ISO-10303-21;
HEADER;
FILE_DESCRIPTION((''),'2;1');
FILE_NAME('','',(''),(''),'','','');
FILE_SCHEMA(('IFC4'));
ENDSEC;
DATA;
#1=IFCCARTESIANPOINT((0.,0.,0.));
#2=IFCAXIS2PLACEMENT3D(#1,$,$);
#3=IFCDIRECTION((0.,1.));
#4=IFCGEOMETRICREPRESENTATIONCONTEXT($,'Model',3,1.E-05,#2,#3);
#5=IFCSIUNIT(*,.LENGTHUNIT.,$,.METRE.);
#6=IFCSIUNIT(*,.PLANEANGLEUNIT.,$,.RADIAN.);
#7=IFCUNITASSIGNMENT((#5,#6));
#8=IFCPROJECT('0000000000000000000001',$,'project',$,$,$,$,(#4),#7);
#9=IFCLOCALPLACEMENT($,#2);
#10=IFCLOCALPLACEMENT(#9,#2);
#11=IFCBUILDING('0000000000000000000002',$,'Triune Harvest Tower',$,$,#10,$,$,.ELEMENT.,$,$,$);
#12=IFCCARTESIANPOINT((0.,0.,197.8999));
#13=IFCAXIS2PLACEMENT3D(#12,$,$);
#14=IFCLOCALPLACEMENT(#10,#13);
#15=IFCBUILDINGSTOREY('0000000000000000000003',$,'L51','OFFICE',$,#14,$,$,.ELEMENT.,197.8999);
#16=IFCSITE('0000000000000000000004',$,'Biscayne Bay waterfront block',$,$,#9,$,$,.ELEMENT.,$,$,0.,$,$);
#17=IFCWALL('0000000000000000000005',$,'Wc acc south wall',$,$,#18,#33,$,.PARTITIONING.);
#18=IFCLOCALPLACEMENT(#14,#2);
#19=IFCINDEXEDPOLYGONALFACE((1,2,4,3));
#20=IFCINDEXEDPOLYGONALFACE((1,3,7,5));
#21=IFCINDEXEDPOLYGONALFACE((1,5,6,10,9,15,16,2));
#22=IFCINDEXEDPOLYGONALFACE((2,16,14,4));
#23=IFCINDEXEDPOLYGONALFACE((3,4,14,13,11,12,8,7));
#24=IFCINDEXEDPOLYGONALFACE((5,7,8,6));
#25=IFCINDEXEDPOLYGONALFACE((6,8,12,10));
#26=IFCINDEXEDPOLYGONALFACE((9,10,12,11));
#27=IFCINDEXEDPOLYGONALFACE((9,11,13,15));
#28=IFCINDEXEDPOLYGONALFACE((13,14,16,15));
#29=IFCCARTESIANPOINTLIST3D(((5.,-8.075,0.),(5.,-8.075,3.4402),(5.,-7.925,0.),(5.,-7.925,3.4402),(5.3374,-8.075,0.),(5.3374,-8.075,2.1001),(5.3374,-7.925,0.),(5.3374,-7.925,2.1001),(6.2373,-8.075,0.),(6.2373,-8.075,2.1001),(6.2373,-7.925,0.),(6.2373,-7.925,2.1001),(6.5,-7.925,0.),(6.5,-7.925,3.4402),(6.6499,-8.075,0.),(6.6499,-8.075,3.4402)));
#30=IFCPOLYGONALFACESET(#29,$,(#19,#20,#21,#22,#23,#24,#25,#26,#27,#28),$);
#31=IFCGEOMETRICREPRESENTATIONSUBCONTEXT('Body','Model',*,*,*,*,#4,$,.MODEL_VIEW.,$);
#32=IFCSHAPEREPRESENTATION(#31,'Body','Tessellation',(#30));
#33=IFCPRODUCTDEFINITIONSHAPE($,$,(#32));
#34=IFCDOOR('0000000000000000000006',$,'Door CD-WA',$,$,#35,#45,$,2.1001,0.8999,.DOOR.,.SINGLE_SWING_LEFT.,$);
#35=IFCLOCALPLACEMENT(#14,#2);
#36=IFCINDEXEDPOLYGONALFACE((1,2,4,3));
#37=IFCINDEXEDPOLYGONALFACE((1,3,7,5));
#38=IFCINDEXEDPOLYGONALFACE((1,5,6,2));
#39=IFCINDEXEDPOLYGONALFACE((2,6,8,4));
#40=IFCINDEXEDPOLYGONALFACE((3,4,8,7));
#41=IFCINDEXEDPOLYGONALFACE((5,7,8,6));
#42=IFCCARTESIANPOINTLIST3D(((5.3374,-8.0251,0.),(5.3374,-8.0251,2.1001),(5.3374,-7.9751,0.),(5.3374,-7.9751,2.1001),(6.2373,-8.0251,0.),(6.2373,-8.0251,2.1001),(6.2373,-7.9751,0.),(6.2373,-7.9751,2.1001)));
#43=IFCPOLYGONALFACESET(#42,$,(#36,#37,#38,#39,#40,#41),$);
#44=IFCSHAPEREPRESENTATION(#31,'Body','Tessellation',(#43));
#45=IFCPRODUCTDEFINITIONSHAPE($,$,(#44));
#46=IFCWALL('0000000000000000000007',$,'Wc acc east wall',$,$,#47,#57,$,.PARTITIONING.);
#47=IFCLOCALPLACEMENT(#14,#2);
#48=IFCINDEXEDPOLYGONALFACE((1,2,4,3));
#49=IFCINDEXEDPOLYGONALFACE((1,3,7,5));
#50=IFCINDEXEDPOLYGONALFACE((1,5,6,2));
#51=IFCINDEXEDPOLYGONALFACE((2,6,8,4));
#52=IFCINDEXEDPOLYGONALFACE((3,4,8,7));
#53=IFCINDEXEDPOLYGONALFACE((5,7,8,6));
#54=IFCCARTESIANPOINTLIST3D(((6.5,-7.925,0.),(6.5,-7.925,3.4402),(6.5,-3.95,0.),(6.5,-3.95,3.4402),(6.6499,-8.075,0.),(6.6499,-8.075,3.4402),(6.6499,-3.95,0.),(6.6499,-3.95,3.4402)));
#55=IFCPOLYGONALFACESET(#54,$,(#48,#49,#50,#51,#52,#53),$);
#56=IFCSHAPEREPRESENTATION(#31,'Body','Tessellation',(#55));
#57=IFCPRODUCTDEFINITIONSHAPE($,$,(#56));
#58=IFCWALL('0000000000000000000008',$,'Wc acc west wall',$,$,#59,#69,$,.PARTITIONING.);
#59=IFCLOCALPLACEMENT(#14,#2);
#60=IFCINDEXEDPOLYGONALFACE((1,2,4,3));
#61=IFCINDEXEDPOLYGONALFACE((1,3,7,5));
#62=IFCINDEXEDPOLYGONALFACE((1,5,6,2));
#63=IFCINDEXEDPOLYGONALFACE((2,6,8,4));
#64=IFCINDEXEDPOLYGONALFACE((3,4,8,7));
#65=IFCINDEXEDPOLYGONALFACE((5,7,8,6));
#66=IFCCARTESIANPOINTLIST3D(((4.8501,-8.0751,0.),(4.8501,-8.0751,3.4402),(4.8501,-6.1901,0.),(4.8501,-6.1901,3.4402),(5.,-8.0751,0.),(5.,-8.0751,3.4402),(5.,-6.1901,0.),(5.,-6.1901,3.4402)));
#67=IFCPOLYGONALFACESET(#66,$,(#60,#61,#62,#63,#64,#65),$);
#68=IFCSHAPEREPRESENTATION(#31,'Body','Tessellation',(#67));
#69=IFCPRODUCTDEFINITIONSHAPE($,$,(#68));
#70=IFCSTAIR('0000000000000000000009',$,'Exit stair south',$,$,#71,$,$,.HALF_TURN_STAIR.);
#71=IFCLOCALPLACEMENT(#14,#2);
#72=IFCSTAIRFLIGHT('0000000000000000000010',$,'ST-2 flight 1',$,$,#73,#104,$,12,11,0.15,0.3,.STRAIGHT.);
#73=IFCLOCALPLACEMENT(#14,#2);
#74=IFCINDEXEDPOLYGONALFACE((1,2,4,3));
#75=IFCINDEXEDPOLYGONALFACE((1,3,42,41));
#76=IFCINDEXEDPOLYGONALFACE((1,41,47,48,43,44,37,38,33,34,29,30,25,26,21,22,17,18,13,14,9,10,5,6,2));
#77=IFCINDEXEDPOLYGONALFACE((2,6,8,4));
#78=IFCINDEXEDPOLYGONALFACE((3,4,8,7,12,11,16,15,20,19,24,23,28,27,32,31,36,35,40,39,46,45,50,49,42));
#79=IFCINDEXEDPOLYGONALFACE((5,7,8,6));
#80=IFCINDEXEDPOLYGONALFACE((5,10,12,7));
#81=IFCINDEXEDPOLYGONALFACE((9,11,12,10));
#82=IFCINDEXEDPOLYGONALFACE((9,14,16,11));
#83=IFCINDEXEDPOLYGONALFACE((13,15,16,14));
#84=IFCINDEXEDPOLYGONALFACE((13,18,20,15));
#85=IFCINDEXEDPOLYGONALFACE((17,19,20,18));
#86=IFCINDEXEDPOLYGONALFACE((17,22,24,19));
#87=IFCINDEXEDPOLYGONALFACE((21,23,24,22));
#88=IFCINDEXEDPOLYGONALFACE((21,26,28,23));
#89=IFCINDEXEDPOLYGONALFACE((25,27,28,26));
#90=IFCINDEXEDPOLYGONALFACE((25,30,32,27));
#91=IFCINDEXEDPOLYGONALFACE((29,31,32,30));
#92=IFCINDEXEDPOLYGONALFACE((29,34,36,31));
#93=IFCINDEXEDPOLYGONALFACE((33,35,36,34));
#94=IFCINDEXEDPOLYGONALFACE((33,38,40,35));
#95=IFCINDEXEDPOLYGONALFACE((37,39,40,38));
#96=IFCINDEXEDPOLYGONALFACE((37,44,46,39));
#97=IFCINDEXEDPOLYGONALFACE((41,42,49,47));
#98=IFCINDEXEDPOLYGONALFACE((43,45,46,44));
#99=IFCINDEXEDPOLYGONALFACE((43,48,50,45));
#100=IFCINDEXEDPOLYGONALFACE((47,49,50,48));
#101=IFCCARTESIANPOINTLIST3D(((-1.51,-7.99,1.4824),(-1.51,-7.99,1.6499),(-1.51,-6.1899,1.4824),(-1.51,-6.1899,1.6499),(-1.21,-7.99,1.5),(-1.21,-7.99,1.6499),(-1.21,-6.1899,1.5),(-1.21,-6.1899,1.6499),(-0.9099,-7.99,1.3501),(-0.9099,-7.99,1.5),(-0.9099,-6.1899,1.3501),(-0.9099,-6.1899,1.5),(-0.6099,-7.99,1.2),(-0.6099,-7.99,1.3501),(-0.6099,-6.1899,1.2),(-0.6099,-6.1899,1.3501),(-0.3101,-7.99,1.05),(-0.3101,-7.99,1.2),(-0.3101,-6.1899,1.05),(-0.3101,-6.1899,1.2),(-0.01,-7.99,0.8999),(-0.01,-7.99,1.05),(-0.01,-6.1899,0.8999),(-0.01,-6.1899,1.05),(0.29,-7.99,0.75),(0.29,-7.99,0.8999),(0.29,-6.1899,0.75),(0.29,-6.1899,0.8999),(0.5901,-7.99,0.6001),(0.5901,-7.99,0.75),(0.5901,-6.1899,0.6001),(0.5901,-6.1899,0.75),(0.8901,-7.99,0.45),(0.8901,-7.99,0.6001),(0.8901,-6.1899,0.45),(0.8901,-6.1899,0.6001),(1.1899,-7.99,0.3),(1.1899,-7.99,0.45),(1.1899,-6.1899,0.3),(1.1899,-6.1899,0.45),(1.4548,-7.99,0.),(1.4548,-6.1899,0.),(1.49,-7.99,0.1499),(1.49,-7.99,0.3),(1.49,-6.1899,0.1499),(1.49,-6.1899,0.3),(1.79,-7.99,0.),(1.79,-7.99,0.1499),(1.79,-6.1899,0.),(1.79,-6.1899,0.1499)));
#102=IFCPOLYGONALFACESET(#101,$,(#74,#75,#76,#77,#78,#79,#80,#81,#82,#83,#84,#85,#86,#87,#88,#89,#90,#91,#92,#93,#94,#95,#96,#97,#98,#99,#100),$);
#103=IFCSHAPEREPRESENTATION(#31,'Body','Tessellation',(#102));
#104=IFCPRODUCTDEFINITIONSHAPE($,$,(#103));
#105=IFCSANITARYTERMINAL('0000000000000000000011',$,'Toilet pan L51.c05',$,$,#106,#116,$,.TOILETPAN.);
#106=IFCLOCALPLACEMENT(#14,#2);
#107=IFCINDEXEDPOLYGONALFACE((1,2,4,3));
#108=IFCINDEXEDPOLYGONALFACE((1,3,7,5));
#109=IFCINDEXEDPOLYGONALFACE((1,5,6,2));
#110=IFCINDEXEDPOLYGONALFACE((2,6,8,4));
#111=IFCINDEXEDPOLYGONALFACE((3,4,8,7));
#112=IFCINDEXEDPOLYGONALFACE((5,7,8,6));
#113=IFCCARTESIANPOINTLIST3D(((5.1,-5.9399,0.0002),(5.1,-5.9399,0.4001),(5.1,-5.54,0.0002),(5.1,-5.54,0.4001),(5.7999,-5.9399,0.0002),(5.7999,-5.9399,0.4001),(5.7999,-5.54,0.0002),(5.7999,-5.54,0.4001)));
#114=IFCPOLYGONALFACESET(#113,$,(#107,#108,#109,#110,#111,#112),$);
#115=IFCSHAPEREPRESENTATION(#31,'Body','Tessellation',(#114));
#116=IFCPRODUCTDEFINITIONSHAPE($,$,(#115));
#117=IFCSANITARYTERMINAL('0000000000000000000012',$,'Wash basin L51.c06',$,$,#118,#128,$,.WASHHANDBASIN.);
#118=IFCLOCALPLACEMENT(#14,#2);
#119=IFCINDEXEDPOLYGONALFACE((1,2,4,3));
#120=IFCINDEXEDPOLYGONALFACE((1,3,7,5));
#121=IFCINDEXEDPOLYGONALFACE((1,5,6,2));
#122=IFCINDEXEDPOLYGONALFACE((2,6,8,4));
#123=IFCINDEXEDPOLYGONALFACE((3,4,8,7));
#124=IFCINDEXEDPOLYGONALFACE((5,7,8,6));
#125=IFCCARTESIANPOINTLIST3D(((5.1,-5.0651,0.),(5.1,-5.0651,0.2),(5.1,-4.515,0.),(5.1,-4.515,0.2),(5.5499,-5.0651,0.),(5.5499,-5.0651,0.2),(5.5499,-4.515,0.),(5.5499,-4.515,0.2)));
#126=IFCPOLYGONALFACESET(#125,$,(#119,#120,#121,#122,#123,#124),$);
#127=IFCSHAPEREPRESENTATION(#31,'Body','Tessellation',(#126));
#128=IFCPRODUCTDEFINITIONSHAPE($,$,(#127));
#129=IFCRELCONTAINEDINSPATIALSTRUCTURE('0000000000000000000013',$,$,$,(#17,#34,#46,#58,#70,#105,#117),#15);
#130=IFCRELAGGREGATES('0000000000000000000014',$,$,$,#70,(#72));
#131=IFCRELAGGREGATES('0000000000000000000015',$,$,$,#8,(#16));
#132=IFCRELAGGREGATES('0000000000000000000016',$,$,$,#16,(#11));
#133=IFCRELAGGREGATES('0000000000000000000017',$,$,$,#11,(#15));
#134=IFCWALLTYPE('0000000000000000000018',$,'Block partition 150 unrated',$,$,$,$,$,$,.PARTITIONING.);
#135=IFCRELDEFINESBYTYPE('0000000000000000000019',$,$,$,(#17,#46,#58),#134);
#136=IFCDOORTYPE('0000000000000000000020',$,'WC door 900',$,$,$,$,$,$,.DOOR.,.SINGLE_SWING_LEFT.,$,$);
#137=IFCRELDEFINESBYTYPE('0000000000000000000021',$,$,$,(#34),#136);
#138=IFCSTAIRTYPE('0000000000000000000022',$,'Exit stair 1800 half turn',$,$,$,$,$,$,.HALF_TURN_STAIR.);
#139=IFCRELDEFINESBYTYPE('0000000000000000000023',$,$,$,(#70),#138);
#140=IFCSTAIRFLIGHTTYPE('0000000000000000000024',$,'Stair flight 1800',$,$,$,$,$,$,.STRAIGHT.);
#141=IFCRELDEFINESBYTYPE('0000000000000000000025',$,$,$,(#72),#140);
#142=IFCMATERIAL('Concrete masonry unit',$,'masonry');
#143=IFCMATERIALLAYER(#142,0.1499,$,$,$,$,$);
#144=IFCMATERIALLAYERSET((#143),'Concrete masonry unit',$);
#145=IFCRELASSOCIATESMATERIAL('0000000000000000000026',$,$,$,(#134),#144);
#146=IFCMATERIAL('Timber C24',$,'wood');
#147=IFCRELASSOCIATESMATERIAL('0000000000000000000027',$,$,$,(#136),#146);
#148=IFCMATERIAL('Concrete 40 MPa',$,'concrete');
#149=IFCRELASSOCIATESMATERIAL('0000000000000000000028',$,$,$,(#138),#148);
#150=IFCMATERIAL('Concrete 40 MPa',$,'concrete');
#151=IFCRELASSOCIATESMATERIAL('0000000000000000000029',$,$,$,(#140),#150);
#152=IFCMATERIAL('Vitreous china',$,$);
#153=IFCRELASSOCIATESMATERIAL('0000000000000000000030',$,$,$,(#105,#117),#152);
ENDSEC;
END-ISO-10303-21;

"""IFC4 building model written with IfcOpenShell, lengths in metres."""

from ifc_helpers import new_model, si_unit, direction, frame, frame_2d, origin, origin_2d, place, context, subcontext, project, spatial, polyline, rectangle, outline, extrude, source, transform, mapped, material, layer, layer_set, type_object, element, fill, aggregate, save


model = new_model("IFC4")

# Units and contexts
model_context = context("Model", 3, precision=1e-05, world=origin(), true_north=direction((0.0, 1.0)))
body_context = subcontext(model_context, "Body", "Model", "MODEL_VIEW")
ifc_project = project(units=[si_unit("LENGTHUNIT", "METRE"), si_unit("PLANEANGLEUNIT", "RADIAN")], contexts=[model_context])

# Site, building, storey
site_placement = place(None, origin())
site = spatial("IfcSite", under=ifc_project, at=site_placement, Name="Biscayne Bay waterfront block", CompositionType="ELEMENT", RefElevation=0.0)
building_placement = place(site_placement, origin())
building = spatial("IfcBuilding", under=site, at=building_placement, Name="Triune Harvest Tower", CompositionType="ELEMENT")
storey_placement = place(building_placement, frame((0.0, 0.0, 197.8999)))
storey = spatial("IfcBuildingStorey", under=building, at=storey_placement, Name="L51", Description="OFFICE", CompositionType="ELEMENT", Elevation=197.8999)

# Wall, opening, door
ifc_material_1 = material(Name="Concrete masonry unit", Category="masonry")
ifc_layer_1 = layer(ifc_material_1, 0.1499)
ifc_layer_set_1 = layer_set([ifc_layer_1], Name="Concrete masonry unit")
wall_type_1 = type_object("IfcWallType", Name="Block partition 150 unrated", PredefinedType="PARTITIONING", material=ifc_layer_set_1)
shared_shape_1 = source(origin(), body_context, "Body", "SweptSolid", [
    extrude(outline(polyline([(0.0, -0.075), (1.6499, -0.075), (1.5, 0.075), (0.0, 0.075), (0.0, -0.075)])), origin(), (0.0, 0.0, 1.0), 3.4402),
])
wall_1_placement = place(storey_placement, frame((5.0, -8.0, 0.0), z_axis=(0.0, 0.0, 1.0), x_axis=(1.0, 0.0, 0.0)))
wall_1 = element("IfcWall", 1, at=wall_1_placement, inside=storey, type_object=wall_type_1, Name="Wc acc south wall", PredefinedType="PARTITIONING", context=body_context, shape_type="MappedRepresentation", body=[
    mapped(shared_shape_1, transform((0.0, 0.0, 0.0), scale=1.0)),
])
opening_1_placement = place(wall_1_placement, frame((0.3374, 0.0, 0.0)))
opening_1 = element("IfcOpeningElement", 2, at=opening_1_placement, cuts=wall_1, PredefinedType="OPENING", context=body_context, shape_type="SweptSolid", body=[
    extrude(rectangle(XDim=0.8999, YDim=2.1001, at=frame_2d((0.45, 1.05))), frame((0.0, 0.085, 0.0), z_axis=(0.0, -1.0, 0.0), x_axis=(1.0, 0.0, 0.0)), (0.0, 0.0, 1.0), 0.1699),
])
ifc_material_2 = material(Name="Timber C24", Category="wood")
door_type_1 = type_object("IfcDoorType", Name="WC door 900", OperationType="SINGLE_SWING_LEFT", PredefinedType="DOOR", material=ifc_material_2)
door_1_placement = place(opening_1_placement, origin())
door_1 = element("IfcDoor", 3, at=door_1_placement, inside=storey, type_object=door_type_1, Name="Door CD-WA", OperationType="SINGLE_SWING_LEFT", OverallHeight=2.1001, OverallWidth=0.8999, PredefinedType="DOOR", context=body_context, shape_type="SweptSolid", body=[
    extrude(rectangle(XDim=0.8999, YDim=2.1001, at=frame_2d((0.45, 1.05))), frame((0.0, 0.0249, 0.0), z_axis=(0.0, -1.0, 0.0), x_axis=(1.0, 0.0, 0.0)), (0.0, 0.0, 1.0), 0.05),
])
fill(opening_1, door_1)

# Walls
shared_shape_2 = source(origin(), body_context, "Body", "SweptSolid", [
    extrude(outline(polyline([(-0.075, -0.075), (4.05, -0.075), (4.05, 0.075), (0.075, 0.075), (-0.075, -0.075)])), origin(), (0.0, 0.0, 1.0), 3.4402),
])
wall_2_placement = place(storey_placement, frame((6.575, -8.0, 0.0), z_axis=(0.0, 0.0, 1.0), x_axis=(0.0, 1.0, 0.0)))
element("IfcWall", 4, at=wall_2_placement, inside=storey, type_object=wall_type_1, Name="Wc acc east wall", PredefinedType="PARTITIONING", context=body_context, shape_type="MappedRepresentation", body=[
    mapped(shared_shape_2, transform((0.0, 0.0, 0.0), scale=1.0)),
])
shared_shape_3 = source(origin(), body_context, "Body", "SweptSolid", [
    extrude(rectangle(XDim=1.885, YDim=0.1499, at=frame_2d((0.9424, 0.0))), origin(), (0.0, 0.0, 1.0), 3.4402),
])
wall_3_placement = place(storey_placement, frame((4.925, -8.075, 0.0), z_axis=(0.0, 0.0, 1.0), x_axis=(0.0, 1.0, 0.0)))
element("IfcWall", 5, at=wall_3_placement, inside=storey, type_object=wall_type_1, Name="Wc acc west wall", PredefinedType="PARTITIONING", context=body_context, shape_type="MappedRepresentation", body=[
    mapped(shared_shape_3, transform((0.0, 0.0, 0.0), scale=1.0)),
])

# Stair, stair flight
ifc_material_3 = material(Name="Concrete 40 MPa", Category="concrete")
stair_type = type_object("IfcStairType", Name="Exit stair 1800 half turn", PredefinedType="HALF_TURN_STAIR", material=ifc_material_3)
stair_placement = place(storey_placement, origin())
stair = element("IfcStair", 6, at=stair_placement, inside=storey, type_object=stair_type, Name="Exit stair south", PredefinedType="HALF_TURN_STAIR")
ifc_material_4 = material(Name="Concrete 40 MPa", Category="concrete")
stair_flight_type = type_object("IfcStairFlightType", Name="Stair flight 1800", PredefinedType="STRAIGHT", material=ifc_material_4)
shared_shape_4 = source(origin(), body_context, "Body", "SweptSolid", [
    extrude(outline(polyline([(0.0, 0.0), (0.0, 0.1499), (0.3, 0.1499), (0.3, 0.3), (0.6001, 0.3), (0.6001, 0.45), (0.8999, 0.45), (0.8999, 0.6001), (1.2, 0.6001), (1.2, 0.75), (1.5, 0.75), (1.5, 0.8999), (1.8, 0.8999), (1.8, 1.05), (2.1001, 1.05), (2.1001, 1.2), (2.3999, 1.2), (2.3999, 1.3501), (2.7, 1.3501), (2.7, 1.5), (3.0, 1.5), (3.0, 1.6499), (3.3, 1.6499), (3.3, 1.8), (3.3, 1.4824), (0.3352, 0.0), (0.0, 0.0)])), frame((0.0, 0.8999, 0.0), z_axis=(0.0, -1.0, 0.0), x_axis=(1.0, 0.0, 0.0)), (0.0, 0.0, 1.0), 1.8),
])
stair_flight_placement = place(storey_placement, frame((1.79, -7.0901, 0.0), z_axis=(0.0, 0.0, 1.0), x_axis=(-1.0, 0.0, 0.0)))
stair_flight = element("IfcStairFlight", 7, at=stair_flight_placement, type_object=stair_flight_type, Name="ST-2 flight 1", NumberOfRisers=12, NumberOfTreads=11, PredefinedType="STRAIGHT", RiserHeight=0.15, TreadLength=0.3, context=body_context, shape_type="MappedRepresentation", body=[
    mapped(shared_shape_4, transform((0.0, 0.0, 0.0), scale=1.0)),
])
aggregate(stair, [stair_flight])

# Sanitary terminals
ifc_material_5 = material(Name="Vitreous china")
shared_shape_5 = source(origin(), body_context, "Body", "SweptSolid", [
    extrude(rectangle(XDim=0.3999, YDim=0.7, at=origin_2d()), origin(), (0.0, 0.0, 1.0), 0.3999),
])
sanitary_terminal_1_placement = place(storey_placement, frame((5.45, -5.74, 0.0002), z_axis=(0.0, 0.0, 1.0), x_axis=(0.0, 1.0, 0.0)))
element("IfcSanitaryTerminal", 8, at=sanitary_terminal_1_placement, inside=storey, material=ifc_material_5, Name="Toilet pan L51.c05", PredefinedType="TOILETPAN", context=body_context, shape_type="MappedRepresentation", body=[
    mapped(shared_shape_5, transform((0.0, 0.0, 0.0), scale=1.0)),
])
shared_shape_6 = source(origin(), body_context, "Body", "SweptSolid", [
    extrude(rectangle(XDim=0.55, YDim=0.45, at=origin_2d()), origin(), (0.0, 0.0, 1.0), 0.2),
])
sanitary_terminal_2_placement = place(storey_placement, frame((5.325, -4.79, 0.0), z_axis=(0.0, 0.0, 1.0), x_axis=(0.0, 1.0, 0.0)))
element("IfcSanitaryTerminal", 9, at=sanitary_terminal_2_placement, inside=storey, material=ifc_material_5, Name="Wash basin L51.c06", PredefinedType="WASHHANDBASIN", context=body_context, shape_type="MappedRepresentation", body=[
    mapped(shared_shape_6, transform((0.0, 0.0, 0.0), scale=1.0)),
])

save(model, "model.ifc")
